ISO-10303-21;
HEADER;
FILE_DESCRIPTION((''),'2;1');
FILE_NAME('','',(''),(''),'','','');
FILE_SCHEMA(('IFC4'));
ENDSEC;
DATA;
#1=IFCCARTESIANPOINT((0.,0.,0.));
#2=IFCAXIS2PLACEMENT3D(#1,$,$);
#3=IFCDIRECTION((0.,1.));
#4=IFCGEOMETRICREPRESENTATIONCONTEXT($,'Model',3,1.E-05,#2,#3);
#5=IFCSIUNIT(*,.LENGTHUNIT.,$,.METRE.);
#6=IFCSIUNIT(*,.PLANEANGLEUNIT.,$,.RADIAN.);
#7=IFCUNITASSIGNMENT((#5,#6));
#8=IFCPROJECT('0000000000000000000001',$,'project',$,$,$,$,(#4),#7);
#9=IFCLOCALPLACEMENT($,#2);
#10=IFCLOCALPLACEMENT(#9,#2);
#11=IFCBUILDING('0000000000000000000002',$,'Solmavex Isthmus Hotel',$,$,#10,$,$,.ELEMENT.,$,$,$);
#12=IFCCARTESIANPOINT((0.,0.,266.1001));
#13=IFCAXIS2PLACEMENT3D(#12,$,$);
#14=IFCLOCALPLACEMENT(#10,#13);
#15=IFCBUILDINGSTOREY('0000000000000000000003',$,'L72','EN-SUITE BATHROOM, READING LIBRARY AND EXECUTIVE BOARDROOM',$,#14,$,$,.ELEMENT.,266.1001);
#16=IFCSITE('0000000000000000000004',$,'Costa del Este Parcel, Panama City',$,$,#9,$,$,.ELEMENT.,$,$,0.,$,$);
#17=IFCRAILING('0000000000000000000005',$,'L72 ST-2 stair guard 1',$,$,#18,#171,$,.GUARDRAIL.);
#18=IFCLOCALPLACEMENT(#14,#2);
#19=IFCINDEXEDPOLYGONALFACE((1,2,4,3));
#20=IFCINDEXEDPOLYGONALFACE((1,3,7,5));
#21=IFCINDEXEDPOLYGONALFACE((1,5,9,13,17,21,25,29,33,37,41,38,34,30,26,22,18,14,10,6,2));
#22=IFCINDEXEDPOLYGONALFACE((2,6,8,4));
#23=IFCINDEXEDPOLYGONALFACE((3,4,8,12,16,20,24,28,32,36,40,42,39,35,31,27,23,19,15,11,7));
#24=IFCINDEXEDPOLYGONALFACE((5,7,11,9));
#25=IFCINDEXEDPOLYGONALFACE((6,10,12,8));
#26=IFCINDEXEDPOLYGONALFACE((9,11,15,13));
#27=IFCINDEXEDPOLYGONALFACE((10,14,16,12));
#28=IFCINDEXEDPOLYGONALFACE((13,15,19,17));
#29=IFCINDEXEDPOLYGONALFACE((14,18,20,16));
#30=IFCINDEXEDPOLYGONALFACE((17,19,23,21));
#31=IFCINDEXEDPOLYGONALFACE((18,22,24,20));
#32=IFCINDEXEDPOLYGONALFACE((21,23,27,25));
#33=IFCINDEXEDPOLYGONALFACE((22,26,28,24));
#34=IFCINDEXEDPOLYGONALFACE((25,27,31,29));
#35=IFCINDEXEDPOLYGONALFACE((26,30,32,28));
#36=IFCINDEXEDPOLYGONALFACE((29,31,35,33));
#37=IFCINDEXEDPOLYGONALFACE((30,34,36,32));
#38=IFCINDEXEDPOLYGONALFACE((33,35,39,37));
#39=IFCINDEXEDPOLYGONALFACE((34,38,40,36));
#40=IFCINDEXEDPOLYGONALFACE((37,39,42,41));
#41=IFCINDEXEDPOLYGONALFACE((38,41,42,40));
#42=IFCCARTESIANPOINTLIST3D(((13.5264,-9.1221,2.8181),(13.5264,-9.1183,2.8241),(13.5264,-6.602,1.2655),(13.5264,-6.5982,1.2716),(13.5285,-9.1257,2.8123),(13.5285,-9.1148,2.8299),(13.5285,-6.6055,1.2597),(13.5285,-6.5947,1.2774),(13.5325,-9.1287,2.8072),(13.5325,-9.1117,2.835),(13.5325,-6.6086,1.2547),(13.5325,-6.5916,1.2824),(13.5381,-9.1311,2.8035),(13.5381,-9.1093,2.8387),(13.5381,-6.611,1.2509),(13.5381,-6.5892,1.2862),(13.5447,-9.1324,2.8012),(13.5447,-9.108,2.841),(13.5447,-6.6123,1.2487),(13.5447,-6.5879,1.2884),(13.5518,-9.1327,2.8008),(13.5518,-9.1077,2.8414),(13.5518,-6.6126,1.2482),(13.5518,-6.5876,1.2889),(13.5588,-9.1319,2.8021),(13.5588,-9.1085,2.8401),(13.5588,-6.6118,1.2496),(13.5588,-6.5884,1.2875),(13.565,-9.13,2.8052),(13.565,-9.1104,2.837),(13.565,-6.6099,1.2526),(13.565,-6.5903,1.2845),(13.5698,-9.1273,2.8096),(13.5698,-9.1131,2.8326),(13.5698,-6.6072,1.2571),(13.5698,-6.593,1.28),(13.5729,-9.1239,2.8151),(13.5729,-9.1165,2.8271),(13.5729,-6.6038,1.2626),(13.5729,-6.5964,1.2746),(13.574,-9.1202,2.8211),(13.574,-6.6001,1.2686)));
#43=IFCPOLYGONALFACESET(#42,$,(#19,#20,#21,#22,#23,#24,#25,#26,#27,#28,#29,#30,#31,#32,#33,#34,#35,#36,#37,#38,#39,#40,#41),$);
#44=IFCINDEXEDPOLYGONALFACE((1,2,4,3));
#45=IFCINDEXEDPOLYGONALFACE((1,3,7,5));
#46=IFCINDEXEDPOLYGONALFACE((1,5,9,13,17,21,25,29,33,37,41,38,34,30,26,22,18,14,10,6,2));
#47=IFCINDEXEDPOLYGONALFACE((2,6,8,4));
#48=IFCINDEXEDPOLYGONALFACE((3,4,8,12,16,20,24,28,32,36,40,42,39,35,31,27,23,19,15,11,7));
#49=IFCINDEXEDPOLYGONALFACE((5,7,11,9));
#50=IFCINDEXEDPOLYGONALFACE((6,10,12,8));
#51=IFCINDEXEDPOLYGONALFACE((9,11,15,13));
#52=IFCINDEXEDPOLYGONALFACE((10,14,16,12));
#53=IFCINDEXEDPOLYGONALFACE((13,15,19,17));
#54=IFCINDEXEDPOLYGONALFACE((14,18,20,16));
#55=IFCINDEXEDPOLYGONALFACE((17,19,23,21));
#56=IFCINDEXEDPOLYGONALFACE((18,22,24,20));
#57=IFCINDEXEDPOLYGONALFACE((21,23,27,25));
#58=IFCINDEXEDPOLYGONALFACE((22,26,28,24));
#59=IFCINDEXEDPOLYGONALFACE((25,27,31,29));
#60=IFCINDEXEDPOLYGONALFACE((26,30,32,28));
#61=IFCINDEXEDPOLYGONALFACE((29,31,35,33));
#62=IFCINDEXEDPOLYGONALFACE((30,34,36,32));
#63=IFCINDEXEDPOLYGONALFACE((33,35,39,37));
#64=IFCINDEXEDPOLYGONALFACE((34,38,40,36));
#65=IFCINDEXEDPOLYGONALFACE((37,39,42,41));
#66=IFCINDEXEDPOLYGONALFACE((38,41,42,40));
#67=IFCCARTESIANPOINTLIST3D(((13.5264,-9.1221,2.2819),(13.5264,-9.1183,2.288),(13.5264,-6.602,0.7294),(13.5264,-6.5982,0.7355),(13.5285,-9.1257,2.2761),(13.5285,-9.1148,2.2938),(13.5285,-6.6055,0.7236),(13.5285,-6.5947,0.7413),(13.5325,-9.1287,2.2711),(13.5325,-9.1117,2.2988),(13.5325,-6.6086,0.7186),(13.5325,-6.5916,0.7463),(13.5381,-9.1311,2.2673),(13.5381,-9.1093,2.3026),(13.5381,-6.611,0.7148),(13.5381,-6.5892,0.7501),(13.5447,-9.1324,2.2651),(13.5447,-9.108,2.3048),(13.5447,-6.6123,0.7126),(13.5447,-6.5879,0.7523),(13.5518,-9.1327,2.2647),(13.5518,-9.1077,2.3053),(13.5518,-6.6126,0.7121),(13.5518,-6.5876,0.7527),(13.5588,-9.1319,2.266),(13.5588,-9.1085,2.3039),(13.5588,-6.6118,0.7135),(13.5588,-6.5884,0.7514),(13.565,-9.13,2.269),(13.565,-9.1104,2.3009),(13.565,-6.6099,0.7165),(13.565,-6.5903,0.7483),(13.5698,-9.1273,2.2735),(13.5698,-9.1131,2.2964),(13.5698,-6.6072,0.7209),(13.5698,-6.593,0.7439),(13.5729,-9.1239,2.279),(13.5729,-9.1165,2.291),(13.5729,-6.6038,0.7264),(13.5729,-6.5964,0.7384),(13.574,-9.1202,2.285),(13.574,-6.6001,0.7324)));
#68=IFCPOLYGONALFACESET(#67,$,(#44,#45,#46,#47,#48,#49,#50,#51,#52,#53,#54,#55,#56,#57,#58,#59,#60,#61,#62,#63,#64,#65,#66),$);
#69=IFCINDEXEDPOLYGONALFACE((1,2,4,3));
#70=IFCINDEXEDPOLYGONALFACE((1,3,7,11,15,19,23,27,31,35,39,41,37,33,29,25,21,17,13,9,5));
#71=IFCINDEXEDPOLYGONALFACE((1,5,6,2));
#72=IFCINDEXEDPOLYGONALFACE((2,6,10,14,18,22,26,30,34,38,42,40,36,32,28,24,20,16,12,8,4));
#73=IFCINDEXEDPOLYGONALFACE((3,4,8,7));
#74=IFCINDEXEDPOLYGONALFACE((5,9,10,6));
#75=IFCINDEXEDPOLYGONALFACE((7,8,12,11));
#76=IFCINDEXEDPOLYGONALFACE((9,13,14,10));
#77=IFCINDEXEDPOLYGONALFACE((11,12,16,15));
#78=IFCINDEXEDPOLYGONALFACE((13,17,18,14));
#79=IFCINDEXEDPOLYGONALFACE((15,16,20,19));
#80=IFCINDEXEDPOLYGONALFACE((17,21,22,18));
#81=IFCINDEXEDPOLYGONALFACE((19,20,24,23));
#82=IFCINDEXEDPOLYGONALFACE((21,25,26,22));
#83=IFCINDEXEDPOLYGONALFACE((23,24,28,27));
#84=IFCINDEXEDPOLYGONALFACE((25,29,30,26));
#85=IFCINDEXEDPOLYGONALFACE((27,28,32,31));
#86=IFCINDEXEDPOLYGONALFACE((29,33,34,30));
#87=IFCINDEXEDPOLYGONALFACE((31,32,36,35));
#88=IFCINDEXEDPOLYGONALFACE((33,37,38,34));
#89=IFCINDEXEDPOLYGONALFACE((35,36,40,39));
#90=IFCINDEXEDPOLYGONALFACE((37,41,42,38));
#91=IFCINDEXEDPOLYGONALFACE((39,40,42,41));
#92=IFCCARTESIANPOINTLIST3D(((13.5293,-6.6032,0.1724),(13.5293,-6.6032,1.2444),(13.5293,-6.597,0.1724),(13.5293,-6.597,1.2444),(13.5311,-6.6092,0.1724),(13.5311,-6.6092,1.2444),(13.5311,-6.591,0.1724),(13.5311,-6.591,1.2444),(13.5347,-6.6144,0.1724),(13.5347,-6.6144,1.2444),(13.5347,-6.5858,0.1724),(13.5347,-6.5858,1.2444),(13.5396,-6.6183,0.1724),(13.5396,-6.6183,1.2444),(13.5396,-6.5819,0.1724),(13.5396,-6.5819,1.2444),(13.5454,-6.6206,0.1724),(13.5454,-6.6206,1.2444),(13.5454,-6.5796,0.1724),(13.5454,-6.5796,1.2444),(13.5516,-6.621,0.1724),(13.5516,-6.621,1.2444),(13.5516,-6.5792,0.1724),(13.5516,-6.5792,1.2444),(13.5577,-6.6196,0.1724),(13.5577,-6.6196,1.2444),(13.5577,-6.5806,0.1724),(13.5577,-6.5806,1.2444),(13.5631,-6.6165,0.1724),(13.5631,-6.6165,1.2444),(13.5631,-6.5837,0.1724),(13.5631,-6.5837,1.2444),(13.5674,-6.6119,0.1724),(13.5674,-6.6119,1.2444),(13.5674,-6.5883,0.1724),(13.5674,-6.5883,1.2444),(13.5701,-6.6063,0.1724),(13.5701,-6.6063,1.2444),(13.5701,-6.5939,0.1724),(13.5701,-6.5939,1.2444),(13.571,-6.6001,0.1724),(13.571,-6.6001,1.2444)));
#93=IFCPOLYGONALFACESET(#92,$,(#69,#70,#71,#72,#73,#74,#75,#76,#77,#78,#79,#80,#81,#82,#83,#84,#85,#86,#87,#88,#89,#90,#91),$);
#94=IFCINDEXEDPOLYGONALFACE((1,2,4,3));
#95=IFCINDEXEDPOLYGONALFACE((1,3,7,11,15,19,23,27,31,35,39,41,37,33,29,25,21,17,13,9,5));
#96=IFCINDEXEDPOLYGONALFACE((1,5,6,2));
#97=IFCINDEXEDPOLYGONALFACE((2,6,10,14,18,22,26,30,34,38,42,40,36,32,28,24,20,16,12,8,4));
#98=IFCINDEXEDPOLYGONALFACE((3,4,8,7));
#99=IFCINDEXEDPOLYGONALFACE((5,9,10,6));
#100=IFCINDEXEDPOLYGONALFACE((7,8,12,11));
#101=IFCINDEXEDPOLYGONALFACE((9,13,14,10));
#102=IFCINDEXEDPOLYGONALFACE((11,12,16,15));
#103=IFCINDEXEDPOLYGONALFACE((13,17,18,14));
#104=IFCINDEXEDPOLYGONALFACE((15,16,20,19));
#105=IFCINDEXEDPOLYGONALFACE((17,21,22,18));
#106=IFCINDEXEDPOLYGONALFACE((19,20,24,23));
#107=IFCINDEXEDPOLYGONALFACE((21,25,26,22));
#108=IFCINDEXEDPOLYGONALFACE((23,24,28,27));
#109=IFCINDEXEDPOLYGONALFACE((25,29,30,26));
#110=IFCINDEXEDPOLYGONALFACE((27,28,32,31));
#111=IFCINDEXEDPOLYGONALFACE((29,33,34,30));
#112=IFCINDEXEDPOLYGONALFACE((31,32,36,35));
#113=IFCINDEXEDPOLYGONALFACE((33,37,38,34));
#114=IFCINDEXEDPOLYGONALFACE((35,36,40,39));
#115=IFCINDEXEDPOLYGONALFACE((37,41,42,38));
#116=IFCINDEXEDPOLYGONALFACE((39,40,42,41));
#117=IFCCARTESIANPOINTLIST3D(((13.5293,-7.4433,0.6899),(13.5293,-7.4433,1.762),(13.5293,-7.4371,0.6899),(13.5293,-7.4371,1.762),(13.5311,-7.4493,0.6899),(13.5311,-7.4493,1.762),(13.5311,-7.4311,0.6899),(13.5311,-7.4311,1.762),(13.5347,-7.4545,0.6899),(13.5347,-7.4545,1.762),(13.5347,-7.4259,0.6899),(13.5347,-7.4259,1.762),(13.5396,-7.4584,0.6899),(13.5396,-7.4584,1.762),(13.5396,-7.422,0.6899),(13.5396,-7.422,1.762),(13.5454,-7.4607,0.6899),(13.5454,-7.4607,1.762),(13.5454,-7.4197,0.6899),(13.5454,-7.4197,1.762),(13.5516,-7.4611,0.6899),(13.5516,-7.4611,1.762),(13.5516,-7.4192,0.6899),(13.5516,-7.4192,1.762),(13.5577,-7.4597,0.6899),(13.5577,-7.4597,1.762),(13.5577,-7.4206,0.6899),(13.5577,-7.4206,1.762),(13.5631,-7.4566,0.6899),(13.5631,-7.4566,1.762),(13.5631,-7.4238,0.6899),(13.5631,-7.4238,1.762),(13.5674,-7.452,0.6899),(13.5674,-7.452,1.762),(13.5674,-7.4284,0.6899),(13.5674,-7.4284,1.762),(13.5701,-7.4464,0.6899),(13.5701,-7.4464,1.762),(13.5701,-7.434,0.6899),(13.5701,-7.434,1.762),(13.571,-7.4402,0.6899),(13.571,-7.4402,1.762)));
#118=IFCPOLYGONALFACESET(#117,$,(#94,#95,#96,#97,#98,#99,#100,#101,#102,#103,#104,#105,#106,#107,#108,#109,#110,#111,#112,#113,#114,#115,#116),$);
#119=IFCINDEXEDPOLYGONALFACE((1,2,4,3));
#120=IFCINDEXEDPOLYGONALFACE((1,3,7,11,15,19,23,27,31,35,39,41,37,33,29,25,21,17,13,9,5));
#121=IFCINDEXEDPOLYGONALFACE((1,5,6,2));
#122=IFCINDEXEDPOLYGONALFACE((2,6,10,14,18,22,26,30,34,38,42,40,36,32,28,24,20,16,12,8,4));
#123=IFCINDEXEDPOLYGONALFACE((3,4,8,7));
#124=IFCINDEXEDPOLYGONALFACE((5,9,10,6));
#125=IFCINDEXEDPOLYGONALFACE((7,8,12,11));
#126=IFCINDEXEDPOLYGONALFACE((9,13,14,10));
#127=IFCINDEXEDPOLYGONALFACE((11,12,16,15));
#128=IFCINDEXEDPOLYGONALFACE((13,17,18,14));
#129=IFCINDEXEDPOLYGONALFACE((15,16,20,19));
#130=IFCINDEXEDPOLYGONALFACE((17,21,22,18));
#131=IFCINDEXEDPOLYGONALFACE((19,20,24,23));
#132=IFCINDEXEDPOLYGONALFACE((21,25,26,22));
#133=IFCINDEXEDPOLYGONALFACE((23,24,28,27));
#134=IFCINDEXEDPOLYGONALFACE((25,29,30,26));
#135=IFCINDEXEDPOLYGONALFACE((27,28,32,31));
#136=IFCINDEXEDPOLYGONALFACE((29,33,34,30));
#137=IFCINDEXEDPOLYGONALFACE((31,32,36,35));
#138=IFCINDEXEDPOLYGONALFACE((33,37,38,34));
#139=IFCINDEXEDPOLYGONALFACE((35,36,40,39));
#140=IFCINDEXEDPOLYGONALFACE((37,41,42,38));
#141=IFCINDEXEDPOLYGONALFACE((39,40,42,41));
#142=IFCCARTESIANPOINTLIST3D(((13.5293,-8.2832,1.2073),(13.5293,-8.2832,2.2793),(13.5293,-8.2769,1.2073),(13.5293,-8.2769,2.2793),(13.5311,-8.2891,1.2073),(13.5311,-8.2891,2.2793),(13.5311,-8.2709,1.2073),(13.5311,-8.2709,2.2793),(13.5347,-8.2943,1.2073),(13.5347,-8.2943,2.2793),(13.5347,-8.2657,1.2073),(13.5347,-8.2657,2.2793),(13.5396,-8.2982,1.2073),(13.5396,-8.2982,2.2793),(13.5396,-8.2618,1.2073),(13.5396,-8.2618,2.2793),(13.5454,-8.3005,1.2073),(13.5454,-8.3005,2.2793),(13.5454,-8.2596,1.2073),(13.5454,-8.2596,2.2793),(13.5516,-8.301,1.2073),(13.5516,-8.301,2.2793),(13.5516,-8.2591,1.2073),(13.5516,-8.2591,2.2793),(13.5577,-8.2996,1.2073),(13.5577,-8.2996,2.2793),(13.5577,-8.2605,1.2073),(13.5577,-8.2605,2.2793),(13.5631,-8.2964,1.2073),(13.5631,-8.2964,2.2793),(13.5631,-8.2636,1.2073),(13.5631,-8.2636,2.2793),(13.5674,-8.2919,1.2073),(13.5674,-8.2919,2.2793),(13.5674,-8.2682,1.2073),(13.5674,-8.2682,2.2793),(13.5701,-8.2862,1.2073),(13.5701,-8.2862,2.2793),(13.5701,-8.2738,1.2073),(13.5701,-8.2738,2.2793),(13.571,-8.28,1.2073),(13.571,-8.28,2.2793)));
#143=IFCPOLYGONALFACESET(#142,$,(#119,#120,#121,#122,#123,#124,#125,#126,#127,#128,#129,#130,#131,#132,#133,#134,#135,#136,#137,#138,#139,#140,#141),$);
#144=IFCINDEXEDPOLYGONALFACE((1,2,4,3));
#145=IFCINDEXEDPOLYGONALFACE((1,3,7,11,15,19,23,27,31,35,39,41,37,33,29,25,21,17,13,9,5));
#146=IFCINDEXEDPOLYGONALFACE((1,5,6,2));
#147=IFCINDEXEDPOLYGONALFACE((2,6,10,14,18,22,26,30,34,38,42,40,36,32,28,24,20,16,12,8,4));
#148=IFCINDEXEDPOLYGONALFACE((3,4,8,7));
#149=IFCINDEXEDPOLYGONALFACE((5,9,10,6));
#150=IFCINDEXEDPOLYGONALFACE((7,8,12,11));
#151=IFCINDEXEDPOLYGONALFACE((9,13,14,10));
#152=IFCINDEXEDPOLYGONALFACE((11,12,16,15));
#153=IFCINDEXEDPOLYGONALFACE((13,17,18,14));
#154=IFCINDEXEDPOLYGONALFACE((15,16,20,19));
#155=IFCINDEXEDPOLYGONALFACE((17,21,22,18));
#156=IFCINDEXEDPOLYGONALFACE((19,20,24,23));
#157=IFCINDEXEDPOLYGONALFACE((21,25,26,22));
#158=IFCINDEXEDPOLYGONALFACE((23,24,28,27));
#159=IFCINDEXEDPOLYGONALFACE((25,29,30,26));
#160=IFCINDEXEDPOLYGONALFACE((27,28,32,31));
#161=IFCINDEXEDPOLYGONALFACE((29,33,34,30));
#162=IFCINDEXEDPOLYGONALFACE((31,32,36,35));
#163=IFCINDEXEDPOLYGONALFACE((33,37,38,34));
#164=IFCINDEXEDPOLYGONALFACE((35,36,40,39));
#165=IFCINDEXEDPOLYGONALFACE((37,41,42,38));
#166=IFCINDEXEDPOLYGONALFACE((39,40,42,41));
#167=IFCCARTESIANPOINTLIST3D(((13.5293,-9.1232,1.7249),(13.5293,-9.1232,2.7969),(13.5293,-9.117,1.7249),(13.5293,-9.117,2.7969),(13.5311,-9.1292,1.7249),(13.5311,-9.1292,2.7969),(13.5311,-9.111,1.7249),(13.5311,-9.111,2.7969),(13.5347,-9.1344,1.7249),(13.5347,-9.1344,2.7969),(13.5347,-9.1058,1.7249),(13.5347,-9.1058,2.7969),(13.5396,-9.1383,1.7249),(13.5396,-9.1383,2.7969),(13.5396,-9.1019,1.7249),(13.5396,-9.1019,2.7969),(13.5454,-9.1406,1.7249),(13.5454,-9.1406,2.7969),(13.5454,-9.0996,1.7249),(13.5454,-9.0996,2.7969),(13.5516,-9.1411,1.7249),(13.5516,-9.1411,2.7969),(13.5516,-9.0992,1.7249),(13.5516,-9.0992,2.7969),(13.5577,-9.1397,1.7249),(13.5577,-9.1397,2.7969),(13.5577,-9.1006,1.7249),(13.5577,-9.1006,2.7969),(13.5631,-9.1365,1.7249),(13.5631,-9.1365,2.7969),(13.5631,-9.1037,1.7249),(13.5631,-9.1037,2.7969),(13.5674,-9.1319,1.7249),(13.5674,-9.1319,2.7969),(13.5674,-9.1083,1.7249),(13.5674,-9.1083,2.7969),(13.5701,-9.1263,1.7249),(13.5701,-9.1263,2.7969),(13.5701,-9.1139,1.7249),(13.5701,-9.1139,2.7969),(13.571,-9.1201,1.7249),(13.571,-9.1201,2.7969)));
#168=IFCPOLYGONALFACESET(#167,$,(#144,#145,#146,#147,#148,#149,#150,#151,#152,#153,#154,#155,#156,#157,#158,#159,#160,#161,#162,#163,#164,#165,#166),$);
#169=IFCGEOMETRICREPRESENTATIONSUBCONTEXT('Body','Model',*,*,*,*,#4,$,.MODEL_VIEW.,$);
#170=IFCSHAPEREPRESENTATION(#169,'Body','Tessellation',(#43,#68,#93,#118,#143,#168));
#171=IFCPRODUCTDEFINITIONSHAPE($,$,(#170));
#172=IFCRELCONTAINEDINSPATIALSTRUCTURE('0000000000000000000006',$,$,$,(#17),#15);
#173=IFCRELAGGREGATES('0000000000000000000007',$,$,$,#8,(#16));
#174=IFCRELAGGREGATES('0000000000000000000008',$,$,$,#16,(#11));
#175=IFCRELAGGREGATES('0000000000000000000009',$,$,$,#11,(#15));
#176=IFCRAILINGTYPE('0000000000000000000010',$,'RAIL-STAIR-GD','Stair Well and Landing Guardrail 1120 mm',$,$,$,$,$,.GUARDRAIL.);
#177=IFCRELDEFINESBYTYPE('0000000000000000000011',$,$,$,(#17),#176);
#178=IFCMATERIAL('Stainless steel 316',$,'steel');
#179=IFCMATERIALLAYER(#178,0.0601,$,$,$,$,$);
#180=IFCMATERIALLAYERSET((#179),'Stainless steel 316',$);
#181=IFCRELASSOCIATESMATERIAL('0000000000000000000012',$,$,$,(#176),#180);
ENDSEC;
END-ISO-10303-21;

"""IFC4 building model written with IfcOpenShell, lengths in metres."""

from ifc_helpers import new_model, si_unit, direction, frame, origin, origin_2d, place, context, subcontext, project, spatial, circle, extrude, material, layer, layer_set, type_object, element, save


model = new_model("IFC4")

# Units and contexts
model_context = context("Model", 3, precision=1e-05, world=origin(), true_north=direction((0.0, 1.0)))
body_context = subcontext(model_context, "Body", "Model", "MODEL_VIEW")
ifc_project = project(units=[si_unit("LENGTHUNIT", "METRE"), si_unit("PLANEANGLEUNIT", "RADIAN")], contexts=[model_context])

# Site, building, storey
site_placement = place(None, origin())
site = spatial("IfcSite", under=ifc_project, at=site_placement, Name="Costa del Este Parcel, Panama City", CompositionType="ELEMENT", RefElevation=0.0)
building_placement = place(site_placement, origin())
building = spatial("IfcBuilding", under=site, at=building_placement, Name="Solmavex Isthmus Hotel", CompositionType="ELEMENT")
storey_placement = place(building_placement, frame((0.0, 0.0, 266.1001)))
storey = spatial("IfcBuildingStorey", under=building, at=storey_placement, Name="L72", Description="EN-SUITE BATHROOM, READING LIBRARY AND EXECUTIVE BOARDROOM", CompositionType="ELEMENT", Elevation=266.1001)

# Railing
ifc_material_1 = material(Name="Stainless steel 316", Category="steel")
ifc_layer_1 = layer(ifc_material_1, 0.0601)
ifc_layer_set_1 = layer_set([ifc_layer_1], Name="Stainless steel 316")
railing_type_1 = type_object("IfcRailingType", Name="RAIL-STAIR-GD", Description="Stair Well and Landing Guardrail 1120 mm", PredefinedType="GUARDRAIL", material=ifc_layer_set_1)
railing_1_placement = place(storey_placement, frame((13.55, -6.6001, 0.1724)))
element("IfcRailing", 1, at=railing_1_placement, inside=storey, type_object=railing_type_1, Name="L72 ST-2 stair guard 1", PredefinedType="GUARDRAIL", context=body_context, shape_type="SweptSolid", body=[
    extrude(circle(Radius=0.0239, at=origin_2d()), frame((0.0, 0.0, 1.0962), z_axis=(0.0, -0.8514, 0.524516), x_axis=(1.0, 0.0, 0.0)), (0.0, 0.0, 1.0), 2.96),
    extrude(circle(Radius=0.0239, at=origin_2d()), frame((0.0, 0.0, 0.5601), z_axis=(0.0, -0.8514, 0.524516), x_axis=(1.0, 0.0, 0.0)), (0.0, 0.0, 1.0), 2.96),
    extrude(circle(Radius=0.021, at=origin_2d()), origin(), (0.0, 0.0, 1.0), 1.072),
    extrude(circle(Radius=0.021, at=origin_2d()), frame((0.0, -0.8401, 0.5176)), (0.0, 0.0, 1.0), 1.072),
    extrude(circle(Radius=0.021, at=origin_2d()), frame((0.0, -1.6799, 1.0349)), (0.0, 0.0, 1.0), 1.072),
    extrude(circle(Radius=0.021, at=origin_2d()), frame((0.0, -2.52, 1.5525)), (0.0, 0.0, 1.0), 1.072),
])

save(model, "model.ifc")
